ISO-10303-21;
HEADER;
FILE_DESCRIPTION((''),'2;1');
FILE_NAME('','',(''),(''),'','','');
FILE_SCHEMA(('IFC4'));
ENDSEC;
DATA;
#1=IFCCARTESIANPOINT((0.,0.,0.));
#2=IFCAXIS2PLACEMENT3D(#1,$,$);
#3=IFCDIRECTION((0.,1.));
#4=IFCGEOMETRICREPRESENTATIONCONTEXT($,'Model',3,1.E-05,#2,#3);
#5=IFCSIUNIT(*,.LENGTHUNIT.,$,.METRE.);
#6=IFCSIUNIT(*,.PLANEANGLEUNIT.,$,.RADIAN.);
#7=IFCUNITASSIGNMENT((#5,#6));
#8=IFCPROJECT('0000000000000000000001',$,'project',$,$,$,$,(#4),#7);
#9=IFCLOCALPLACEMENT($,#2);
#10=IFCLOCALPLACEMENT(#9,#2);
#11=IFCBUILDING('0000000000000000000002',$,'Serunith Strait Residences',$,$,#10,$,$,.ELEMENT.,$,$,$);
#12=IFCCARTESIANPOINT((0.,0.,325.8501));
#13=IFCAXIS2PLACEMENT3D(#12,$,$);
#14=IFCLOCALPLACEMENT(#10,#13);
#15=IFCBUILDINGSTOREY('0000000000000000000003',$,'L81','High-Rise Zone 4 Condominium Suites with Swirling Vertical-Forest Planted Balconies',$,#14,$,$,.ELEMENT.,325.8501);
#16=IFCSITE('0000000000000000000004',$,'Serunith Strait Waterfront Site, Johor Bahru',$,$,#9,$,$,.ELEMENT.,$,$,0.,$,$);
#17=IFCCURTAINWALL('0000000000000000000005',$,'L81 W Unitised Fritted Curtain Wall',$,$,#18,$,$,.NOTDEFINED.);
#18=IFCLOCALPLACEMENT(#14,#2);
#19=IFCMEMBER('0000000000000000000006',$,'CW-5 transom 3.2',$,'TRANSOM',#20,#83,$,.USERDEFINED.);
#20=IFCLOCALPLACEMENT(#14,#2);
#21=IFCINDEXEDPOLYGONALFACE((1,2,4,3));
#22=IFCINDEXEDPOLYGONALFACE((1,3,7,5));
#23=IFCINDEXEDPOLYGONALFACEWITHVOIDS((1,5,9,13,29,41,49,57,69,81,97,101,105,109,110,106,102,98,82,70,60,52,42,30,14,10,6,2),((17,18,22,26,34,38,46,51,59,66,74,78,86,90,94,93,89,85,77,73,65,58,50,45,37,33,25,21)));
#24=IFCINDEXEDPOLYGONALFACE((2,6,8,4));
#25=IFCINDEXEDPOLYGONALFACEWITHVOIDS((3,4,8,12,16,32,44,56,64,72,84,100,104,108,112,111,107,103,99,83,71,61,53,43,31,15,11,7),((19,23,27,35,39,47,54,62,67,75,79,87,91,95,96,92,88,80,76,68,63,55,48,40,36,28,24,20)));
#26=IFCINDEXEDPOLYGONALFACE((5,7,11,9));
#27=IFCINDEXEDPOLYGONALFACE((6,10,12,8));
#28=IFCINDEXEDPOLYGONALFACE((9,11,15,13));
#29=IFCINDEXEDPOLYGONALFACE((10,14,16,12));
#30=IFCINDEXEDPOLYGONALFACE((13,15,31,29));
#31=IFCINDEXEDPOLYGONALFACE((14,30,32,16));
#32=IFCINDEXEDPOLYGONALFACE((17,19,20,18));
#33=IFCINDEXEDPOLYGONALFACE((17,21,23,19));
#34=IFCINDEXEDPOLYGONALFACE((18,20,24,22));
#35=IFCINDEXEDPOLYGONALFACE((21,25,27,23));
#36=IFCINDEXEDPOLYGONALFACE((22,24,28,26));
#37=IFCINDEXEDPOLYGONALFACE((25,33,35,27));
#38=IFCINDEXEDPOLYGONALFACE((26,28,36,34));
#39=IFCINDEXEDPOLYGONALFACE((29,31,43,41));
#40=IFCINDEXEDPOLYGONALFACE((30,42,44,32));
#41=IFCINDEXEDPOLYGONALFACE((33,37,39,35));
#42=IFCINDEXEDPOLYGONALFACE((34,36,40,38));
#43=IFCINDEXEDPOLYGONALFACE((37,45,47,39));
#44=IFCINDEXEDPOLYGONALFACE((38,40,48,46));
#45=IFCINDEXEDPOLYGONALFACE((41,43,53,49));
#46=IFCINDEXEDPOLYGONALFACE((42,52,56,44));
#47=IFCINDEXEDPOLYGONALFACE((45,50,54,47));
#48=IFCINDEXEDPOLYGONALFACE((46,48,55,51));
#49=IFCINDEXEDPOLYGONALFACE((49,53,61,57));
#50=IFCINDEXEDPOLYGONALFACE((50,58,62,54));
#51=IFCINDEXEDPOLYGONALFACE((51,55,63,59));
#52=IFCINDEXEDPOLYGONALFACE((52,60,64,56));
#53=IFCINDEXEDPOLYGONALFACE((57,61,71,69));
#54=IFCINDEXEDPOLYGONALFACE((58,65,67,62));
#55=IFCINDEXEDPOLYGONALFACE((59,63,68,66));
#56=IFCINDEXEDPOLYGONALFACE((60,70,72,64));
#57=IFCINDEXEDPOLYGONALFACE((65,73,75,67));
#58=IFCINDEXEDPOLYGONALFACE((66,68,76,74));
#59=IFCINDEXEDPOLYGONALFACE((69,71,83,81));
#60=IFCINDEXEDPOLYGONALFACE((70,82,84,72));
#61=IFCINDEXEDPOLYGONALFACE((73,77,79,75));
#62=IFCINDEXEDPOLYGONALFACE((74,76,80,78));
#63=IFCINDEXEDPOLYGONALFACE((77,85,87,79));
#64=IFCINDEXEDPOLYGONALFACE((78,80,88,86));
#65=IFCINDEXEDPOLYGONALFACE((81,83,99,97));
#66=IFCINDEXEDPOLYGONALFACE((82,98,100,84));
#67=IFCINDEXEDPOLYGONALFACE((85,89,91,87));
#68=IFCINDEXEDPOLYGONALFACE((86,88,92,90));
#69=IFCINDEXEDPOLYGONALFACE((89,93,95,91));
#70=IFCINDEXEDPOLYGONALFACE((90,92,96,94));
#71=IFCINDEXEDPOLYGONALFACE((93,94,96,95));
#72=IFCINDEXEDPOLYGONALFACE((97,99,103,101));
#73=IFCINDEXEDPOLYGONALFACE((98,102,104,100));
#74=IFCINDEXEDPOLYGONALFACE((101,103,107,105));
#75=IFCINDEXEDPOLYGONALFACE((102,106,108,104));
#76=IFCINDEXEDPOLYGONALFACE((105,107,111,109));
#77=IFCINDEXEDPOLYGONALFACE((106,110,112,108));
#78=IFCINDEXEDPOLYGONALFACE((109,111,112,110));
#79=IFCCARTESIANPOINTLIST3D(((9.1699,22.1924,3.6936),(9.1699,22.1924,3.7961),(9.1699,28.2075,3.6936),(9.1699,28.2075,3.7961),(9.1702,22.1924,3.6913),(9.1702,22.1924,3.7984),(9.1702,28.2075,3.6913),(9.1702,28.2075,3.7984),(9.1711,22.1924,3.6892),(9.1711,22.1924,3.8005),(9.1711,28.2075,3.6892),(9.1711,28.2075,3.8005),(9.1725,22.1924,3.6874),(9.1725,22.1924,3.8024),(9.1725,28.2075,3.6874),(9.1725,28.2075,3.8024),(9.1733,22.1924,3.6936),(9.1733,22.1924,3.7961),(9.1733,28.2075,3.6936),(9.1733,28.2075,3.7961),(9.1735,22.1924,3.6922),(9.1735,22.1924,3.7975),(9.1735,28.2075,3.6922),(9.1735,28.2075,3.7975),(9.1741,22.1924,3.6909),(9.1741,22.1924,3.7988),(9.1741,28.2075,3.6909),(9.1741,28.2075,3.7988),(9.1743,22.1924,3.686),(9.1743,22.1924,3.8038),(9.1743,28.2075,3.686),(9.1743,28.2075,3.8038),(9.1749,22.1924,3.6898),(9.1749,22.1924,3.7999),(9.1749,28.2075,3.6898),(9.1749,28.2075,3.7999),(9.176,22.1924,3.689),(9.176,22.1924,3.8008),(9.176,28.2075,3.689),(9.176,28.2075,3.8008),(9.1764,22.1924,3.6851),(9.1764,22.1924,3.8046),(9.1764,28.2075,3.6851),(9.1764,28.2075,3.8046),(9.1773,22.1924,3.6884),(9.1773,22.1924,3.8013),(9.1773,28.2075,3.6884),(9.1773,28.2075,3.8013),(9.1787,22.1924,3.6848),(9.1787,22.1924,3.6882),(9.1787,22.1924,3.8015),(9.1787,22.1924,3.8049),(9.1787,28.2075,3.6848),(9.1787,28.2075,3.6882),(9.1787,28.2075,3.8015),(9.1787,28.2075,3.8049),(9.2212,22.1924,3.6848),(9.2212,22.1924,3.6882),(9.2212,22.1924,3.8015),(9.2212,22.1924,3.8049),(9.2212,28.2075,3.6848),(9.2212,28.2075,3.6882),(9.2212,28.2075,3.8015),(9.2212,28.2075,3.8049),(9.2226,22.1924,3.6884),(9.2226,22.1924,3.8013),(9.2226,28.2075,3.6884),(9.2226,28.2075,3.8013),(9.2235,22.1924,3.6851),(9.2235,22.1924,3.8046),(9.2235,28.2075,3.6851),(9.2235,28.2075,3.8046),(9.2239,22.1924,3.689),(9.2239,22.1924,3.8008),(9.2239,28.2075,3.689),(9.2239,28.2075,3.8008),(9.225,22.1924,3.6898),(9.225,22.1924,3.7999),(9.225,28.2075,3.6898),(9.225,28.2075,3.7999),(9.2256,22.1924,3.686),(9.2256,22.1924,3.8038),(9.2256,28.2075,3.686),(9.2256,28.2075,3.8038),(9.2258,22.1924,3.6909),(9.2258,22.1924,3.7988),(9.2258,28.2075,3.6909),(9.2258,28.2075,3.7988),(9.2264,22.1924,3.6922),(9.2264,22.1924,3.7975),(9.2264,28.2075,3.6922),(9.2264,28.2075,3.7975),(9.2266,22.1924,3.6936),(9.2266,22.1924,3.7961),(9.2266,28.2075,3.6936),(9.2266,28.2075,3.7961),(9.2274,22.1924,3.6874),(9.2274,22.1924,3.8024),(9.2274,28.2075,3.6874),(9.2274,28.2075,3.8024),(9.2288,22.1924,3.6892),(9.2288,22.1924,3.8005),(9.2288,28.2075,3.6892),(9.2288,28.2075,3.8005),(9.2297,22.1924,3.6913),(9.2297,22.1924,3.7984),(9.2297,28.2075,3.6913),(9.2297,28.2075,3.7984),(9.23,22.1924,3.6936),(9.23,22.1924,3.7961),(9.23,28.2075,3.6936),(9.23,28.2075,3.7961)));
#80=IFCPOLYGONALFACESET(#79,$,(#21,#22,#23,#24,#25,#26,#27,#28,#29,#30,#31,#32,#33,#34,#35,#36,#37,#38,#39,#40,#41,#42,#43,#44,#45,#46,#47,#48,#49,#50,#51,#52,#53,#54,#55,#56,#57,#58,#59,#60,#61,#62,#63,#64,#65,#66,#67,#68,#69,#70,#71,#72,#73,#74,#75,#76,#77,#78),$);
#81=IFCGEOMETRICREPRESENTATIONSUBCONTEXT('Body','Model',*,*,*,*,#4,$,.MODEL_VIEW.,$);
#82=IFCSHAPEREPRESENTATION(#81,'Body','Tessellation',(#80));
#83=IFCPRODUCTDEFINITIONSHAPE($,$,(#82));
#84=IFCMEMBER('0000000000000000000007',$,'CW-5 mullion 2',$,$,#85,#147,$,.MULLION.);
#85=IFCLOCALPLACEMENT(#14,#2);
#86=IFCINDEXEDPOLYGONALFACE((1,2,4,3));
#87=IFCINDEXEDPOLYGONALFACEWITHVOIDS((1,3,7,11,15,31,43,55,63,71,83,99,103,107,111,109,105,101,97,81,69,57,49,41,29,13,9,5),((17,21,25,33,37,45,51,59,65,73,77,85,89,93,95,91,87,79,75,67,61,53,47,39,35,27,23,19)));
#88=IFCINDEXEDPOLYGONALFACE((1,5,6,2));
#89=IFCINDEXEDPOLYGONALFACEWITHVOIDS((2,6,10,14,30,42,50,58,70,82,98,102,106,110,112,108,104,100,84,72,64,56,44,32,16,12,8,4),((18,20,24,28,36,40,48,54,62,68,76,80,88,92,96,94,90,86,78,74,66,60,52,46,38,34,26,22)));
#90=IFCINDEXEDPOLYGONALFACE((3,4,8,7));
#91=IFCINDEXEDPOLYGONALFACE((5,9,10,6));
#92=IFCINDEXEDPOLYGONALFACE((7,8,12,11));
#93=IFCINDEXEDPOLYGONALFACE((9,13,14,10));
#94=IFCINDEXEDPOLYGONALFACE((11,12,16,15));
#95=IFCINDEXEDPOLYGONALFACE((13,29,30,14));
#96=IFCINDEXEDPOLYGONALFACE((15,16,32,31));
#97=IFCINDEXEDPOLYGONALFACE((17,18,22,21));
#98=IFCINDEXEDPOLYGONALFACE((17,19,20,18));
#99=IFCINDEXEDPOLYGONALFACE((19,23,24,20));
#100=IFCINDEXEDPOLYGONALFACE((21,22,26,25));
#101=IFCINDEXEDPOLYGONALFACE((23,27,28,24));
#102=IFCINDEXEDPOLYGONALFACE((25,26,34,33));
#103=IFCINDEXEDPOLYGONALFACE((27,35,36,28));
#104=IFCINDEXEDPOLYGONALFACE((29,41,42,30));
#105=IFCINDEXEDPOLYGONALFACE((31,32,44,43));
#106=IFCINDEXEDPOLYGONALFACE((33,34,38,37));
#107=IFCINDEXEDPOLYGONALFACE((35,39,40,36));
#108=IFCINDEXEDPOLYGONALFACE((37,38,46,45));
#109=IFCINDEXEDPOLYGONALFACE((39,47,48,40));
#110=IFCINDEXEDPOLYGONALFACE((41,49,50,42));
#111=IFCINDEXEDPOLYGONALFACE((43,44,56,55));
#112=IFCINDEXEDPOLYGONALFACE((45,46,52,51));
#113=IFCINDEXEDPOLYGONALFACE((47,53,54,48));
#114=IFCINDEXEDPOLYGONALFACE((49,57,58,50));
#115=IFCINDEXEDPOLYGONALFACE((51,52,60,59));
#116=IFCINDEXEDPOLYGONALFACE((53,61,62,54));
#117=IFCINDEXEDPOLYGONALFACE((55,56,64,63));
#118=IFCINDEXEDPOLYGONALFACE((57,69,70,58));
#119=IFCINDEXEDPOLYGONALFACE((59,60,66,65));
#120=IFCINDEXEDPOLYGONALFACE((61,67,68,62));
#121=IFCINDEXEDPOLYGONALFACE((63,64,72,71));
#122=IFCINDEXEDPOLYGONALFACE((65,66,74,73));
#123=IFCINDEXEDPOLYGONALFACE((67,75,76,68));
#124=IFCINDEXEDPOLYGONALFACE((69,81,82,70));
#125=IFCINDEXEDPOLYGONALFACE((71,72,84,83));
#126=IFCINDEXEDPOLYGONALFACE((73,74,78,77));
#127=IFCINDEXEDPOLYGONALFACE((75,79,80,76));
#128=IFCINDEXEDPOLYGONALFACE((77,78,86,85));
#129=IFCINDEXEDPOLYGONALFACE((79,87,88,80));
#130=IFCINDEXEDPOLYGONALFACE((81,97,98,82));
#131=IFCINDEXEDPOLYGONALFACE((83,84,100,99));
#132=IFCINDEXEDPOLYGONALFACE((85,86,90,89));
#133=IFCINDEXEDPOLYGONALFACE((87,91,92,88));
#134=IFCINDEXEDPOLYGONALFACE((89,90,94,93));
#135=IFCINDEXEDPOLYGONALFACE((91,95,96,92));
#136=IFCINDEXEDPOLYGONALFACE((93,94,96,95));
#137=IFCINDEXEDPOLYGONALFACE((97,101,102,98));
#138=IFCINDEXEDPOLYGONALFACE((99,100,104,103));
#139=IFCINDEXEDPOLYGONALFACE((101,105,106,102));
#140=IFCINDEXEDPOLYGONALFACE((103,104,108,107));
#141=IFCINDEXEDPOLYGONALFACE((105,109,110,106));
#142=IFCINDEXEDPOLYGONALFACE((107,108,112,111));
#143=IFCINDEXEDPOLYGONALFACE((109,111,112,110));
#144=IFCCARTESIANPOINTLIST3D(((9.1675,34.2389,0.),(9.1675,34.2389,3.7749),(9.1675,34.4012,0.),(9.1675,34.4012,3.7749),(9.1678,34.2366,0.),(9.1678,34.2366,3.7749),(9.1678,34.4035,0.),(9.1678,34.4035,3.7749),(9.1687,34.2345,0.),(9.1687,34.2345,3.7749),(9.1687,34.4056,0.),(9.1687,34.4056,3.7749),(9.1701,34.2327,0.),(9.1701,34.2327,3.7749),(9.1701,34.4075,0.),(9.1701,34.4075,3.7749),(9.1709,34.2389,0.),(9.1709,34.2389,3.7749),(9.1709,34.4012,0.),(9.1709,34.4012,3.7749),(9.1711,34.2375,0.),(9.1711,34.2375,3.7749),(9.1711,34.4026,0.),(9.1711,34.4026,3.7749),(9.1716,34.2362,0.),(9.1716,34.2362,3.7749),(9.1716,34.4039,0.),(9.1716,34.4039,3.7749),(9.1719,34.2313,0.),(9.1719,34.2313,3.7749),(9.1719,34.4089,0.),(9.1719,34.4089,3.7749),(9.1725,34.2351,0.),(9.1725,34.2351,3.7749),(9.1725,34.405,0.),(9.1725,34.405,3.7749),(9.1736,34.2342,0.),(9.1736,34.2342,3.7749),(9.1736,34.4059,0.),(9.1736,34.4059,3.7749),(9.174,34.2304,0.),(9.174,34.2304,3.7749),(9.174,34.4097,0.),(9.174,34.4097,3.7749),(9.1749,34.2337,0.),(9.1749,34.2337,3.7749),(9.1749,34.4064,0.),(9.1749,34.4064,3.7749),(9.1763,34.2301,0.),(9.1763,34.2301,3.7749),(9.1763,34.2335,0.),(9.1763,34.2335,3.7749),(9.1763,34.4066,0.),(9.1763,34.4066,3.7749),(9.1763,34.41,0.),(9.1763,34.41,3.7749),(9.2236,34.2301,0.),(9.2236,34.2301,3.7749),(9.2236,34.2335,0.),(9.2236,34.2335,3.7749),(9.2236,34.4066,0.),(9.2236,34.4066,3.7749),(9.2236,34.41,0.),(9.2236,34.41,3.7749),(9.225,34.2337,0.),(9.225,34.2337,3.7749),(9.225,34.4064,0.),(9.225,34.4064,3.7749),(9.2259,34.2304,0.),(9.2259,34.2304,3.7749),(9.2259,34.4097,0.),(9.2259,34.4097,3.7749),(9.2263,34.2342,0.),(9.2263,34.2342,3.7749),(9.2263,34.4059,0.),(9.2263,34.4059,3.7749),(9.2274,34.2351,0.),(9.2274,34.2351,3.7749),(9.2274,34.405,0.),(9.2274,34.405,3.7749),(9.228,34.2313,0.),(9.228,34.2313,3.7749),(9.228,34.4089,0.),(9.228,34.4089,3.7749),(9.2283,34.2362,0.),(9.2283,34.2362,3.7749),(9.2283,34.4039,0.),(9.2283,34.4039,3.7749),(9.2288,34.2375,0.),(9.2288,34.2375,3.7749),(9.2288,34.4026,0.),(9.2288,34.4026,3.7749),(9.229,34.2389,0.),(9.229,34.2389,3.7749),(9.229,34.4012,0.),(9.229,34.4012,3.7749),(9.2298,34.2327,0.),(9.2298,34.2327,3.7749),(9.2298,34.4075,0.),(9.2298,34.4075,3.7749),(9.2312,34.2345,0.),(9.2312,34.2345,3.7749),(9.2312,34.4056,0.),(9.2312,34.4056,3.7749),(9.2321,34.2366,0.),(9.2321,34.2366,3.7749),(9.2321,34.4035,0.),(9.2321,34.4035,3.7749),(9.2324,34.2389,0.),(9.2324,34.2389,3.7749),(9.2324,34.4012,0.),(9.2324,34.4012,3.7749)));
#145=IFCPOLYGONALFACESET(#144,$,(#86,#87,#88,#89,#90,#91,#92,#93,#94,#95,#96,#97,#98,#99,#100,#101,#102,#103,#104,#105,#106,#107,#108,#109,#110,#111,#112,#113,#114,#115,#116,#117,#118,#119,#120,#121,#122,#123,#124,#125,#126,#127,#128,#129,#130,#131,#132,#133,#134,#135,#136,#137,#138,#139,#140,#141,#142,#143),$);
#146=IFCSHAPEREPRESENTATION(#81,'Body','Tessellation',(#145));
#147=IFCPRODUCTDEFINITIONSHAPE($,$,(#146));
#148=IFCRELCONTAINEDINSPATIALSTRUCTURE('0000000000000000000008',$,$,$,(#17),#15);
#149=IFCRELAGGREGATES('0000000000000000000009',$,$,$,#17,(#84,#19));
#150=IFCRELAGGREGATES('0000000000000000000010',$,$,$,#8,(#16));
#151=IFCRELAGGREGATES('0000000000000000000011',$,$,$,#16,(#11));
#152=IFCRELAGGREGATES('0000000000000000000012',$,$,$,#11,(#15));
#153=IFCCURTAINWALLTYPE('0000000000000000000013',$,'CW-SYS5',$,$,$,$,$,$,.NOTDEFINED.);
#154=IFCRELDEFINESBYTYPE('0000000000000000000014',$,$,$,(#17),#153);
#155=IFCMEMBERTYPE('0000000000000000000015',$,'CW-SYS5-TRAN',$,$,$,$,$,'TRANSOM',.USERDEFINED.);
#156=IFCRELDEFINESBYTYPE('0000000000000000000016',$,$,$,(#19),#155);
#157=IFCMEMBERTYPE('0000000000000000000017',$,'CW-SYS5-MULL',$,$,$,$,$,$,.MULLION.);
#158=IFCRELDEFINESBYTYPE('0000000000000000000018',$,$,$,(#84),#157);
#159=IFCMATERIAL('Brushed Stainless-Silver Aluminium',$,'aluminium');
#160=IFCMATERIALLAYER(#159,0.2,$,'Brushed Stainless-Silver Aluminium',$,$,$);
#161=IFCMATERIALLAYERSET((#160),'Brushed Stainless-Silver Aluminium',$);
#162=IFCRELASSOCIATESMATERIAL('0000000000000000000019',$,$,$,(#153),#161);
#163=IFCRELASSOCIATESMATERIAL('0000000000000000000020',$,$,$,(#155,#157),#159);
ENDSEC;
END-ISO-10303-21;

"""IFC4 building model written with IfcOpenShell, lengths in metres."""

from ifc_helpers import new_model, si_unit, direction, frame, origin, origin_2d, place, context, subcontext, project, spatial, hollow_rectangle, extrude, source, transform, mapped, material, layer, layer_set, material_profile, profile_set, type_object, element, aggregate, save


model = new_model("IFC4")

# Units and contexts
model_context = context("Model", 3, precision=1e-05, world=origin(), true_north=direction((0.0, 1.0)))
body_context = subcontext(model_context, "Body", "Model", "MODEL_VIEW")
ifc_project = project(units=[si_unit("LENGTHUNIT", "METRE"), si_unit("PLANEANGLEUNIT", "RADIAN")], contexts=[model_context])

# Site, building, storey
site_placement = place(None, origin())
site = spatial("IfcSite", under=ifc_project, at=site_placement, Name="Serunith Strait Waterfront Site, Johor Bahru", CompositionType="ELEMENT", RefElevation=0.0)
building_placement = place(site_placement, origin())
building = spatial("IfcBuilding", under=site, at=building_placement, Name="Serunith Strait Residences", CompositionType="ELEMENT")
storey_placement = place(building_placement, frame((0.0, 0.0, 325.8501)))
storey = spatial("IfcBuildingStorey", under=building, at=storey_placement, Name="L81", Description="High-Rise Zone 4 Condominium Suites with Swirling Vertical-Forest Planted Balconies", CompositionType="ELEMENT", Elevation=325.8501)

# Curtain wall, members
ifc_material_1 = material(Name="Brushed Stainless-Silver Aluminium", Category="aluminium")
ifc_layer_1 = layer(ifc_material_1, 0.2, Name="Brushed Stainless-Silver Aluminium")
ifc_layer_set_1 = layer_set([ifc_layer_1], Name="Brushed Stainless-Silver Aluminium")
curtain_wall_type = type_object("IfcCurtainWallType", Name="CW-SYS5", PredefinedType="NOTDEFINED", material=ifc_layer_set_1)
curtain_wall_placement = place(storey_placement, origin())
curtain_wall = element("IfcCurtainWall", 1, at=curtain_wall_placement, inside=storey, type_object=curtain_wall_type, Name="L81 W Unitised Fritted Curtain Wall", PredefinedType="NOTDEFINED")
ifc_material_profile_1 = material_profile(ifc_material_1, hollow_rectangle(XDim=0.0601, YDim=0.1201, WallThickness=0.0034, InnerFilletRadius=0.0054, OuterFilletRadius=0.0088, at=origin_2d()), Name="ALU 120x60x3.5")
ifc_profile_set_1 = profile_set([ifc_material_profile_1], Name="Brushed Stainless-Silver Aluminium")
member_type_1 = type_object("IfcMemberType", Name="CW-SYS5-TRAN", ElementType="TRANSOM", PredefinedType="USERDEFINED", material=ifc_profile_set_1)
shared_shape_1 = source(origin(), body_context, "Body", "SweptSolid", [
    extrude(hollow_rectangle(XDim=0.0601, YDim=0.1201, WallThickness=0.0034, InnerFilletRadius=0.0054, OuterFilletRadius=0.0088, at=origin_2d()), origin(), (0.0, 0.0, 1.0), 6.0151),
])
member_1_placement = place(storey_placement, frame((9.2, 28.2075, 3.7449), z_axis=(0.0, -1.0, 0.0), x_axis=(1.0, 0.0, 0.0)))
member_1 = element("IfcMember", 2, at=member_1_placement, type_object=member_type_1, Name="CW-5 transom 3.2", ObjectType="TRANSOM", PredefinedType="USERDEFINED", context=body_context, shape_type="MappedRepresentation", body=[
    mapped(shared_shape_1, transform((0.0, 0.0, 0.0), scale=1.0)),
])
ifc_material_profile_2 = material_profile(ifc_material_1, hollow_rectangle(XDim=0.0649, YDim=0.1799, WallThickness=0.0034, InnerFilletRadius=0.0054, OuterFilletRadius=0.0088, at=origin_2d()), Name="ALU 180x65x3.5")
ifc_profile_set_2 = profile_set([ifc_material_profile_2], Name="Brushed Stainless-Silver Aluminium")
member_type_2 = type_object("IfcMemberType", Name="CW-SYS5-MULL", PredefinedType="MULLION", material=ifc_profile_set_2)
shared_shape_2 = source(origin(), body_context, "Body", "SweptSolid", [
    extrude(hollow_rectangle(XDim=0.0649, YDim=0.1799, WallThickness=0.0034, InnerFilletRadius=0.0054, OuterFilletRadius=0.0088, at=origin_2d()), origin(), (0.0, 0.0, 1.0), 3.7749),
])
member_2_placement = place(storey_placement, frame((9.2, 34.3201, 0.0), z_axis=(0.0, 0.0, 1.0), x_axis=(1.0, 0.0, 0.0)))
member_2 = element("IfcMember", 3, at=member_2_placement, type_object=member_type_2, Name="CW-5 mullion 2", PredefinedType="MULLION", context=body_context, shape_type="MappedRepresentation", body=[
    mapped(shared_shape_2, transform((0.0, 0.0, 0.0), scale=1.0)),
])
aggregate(curtain_wall, [member_2, member_1])

save(model, "model.ifc")
